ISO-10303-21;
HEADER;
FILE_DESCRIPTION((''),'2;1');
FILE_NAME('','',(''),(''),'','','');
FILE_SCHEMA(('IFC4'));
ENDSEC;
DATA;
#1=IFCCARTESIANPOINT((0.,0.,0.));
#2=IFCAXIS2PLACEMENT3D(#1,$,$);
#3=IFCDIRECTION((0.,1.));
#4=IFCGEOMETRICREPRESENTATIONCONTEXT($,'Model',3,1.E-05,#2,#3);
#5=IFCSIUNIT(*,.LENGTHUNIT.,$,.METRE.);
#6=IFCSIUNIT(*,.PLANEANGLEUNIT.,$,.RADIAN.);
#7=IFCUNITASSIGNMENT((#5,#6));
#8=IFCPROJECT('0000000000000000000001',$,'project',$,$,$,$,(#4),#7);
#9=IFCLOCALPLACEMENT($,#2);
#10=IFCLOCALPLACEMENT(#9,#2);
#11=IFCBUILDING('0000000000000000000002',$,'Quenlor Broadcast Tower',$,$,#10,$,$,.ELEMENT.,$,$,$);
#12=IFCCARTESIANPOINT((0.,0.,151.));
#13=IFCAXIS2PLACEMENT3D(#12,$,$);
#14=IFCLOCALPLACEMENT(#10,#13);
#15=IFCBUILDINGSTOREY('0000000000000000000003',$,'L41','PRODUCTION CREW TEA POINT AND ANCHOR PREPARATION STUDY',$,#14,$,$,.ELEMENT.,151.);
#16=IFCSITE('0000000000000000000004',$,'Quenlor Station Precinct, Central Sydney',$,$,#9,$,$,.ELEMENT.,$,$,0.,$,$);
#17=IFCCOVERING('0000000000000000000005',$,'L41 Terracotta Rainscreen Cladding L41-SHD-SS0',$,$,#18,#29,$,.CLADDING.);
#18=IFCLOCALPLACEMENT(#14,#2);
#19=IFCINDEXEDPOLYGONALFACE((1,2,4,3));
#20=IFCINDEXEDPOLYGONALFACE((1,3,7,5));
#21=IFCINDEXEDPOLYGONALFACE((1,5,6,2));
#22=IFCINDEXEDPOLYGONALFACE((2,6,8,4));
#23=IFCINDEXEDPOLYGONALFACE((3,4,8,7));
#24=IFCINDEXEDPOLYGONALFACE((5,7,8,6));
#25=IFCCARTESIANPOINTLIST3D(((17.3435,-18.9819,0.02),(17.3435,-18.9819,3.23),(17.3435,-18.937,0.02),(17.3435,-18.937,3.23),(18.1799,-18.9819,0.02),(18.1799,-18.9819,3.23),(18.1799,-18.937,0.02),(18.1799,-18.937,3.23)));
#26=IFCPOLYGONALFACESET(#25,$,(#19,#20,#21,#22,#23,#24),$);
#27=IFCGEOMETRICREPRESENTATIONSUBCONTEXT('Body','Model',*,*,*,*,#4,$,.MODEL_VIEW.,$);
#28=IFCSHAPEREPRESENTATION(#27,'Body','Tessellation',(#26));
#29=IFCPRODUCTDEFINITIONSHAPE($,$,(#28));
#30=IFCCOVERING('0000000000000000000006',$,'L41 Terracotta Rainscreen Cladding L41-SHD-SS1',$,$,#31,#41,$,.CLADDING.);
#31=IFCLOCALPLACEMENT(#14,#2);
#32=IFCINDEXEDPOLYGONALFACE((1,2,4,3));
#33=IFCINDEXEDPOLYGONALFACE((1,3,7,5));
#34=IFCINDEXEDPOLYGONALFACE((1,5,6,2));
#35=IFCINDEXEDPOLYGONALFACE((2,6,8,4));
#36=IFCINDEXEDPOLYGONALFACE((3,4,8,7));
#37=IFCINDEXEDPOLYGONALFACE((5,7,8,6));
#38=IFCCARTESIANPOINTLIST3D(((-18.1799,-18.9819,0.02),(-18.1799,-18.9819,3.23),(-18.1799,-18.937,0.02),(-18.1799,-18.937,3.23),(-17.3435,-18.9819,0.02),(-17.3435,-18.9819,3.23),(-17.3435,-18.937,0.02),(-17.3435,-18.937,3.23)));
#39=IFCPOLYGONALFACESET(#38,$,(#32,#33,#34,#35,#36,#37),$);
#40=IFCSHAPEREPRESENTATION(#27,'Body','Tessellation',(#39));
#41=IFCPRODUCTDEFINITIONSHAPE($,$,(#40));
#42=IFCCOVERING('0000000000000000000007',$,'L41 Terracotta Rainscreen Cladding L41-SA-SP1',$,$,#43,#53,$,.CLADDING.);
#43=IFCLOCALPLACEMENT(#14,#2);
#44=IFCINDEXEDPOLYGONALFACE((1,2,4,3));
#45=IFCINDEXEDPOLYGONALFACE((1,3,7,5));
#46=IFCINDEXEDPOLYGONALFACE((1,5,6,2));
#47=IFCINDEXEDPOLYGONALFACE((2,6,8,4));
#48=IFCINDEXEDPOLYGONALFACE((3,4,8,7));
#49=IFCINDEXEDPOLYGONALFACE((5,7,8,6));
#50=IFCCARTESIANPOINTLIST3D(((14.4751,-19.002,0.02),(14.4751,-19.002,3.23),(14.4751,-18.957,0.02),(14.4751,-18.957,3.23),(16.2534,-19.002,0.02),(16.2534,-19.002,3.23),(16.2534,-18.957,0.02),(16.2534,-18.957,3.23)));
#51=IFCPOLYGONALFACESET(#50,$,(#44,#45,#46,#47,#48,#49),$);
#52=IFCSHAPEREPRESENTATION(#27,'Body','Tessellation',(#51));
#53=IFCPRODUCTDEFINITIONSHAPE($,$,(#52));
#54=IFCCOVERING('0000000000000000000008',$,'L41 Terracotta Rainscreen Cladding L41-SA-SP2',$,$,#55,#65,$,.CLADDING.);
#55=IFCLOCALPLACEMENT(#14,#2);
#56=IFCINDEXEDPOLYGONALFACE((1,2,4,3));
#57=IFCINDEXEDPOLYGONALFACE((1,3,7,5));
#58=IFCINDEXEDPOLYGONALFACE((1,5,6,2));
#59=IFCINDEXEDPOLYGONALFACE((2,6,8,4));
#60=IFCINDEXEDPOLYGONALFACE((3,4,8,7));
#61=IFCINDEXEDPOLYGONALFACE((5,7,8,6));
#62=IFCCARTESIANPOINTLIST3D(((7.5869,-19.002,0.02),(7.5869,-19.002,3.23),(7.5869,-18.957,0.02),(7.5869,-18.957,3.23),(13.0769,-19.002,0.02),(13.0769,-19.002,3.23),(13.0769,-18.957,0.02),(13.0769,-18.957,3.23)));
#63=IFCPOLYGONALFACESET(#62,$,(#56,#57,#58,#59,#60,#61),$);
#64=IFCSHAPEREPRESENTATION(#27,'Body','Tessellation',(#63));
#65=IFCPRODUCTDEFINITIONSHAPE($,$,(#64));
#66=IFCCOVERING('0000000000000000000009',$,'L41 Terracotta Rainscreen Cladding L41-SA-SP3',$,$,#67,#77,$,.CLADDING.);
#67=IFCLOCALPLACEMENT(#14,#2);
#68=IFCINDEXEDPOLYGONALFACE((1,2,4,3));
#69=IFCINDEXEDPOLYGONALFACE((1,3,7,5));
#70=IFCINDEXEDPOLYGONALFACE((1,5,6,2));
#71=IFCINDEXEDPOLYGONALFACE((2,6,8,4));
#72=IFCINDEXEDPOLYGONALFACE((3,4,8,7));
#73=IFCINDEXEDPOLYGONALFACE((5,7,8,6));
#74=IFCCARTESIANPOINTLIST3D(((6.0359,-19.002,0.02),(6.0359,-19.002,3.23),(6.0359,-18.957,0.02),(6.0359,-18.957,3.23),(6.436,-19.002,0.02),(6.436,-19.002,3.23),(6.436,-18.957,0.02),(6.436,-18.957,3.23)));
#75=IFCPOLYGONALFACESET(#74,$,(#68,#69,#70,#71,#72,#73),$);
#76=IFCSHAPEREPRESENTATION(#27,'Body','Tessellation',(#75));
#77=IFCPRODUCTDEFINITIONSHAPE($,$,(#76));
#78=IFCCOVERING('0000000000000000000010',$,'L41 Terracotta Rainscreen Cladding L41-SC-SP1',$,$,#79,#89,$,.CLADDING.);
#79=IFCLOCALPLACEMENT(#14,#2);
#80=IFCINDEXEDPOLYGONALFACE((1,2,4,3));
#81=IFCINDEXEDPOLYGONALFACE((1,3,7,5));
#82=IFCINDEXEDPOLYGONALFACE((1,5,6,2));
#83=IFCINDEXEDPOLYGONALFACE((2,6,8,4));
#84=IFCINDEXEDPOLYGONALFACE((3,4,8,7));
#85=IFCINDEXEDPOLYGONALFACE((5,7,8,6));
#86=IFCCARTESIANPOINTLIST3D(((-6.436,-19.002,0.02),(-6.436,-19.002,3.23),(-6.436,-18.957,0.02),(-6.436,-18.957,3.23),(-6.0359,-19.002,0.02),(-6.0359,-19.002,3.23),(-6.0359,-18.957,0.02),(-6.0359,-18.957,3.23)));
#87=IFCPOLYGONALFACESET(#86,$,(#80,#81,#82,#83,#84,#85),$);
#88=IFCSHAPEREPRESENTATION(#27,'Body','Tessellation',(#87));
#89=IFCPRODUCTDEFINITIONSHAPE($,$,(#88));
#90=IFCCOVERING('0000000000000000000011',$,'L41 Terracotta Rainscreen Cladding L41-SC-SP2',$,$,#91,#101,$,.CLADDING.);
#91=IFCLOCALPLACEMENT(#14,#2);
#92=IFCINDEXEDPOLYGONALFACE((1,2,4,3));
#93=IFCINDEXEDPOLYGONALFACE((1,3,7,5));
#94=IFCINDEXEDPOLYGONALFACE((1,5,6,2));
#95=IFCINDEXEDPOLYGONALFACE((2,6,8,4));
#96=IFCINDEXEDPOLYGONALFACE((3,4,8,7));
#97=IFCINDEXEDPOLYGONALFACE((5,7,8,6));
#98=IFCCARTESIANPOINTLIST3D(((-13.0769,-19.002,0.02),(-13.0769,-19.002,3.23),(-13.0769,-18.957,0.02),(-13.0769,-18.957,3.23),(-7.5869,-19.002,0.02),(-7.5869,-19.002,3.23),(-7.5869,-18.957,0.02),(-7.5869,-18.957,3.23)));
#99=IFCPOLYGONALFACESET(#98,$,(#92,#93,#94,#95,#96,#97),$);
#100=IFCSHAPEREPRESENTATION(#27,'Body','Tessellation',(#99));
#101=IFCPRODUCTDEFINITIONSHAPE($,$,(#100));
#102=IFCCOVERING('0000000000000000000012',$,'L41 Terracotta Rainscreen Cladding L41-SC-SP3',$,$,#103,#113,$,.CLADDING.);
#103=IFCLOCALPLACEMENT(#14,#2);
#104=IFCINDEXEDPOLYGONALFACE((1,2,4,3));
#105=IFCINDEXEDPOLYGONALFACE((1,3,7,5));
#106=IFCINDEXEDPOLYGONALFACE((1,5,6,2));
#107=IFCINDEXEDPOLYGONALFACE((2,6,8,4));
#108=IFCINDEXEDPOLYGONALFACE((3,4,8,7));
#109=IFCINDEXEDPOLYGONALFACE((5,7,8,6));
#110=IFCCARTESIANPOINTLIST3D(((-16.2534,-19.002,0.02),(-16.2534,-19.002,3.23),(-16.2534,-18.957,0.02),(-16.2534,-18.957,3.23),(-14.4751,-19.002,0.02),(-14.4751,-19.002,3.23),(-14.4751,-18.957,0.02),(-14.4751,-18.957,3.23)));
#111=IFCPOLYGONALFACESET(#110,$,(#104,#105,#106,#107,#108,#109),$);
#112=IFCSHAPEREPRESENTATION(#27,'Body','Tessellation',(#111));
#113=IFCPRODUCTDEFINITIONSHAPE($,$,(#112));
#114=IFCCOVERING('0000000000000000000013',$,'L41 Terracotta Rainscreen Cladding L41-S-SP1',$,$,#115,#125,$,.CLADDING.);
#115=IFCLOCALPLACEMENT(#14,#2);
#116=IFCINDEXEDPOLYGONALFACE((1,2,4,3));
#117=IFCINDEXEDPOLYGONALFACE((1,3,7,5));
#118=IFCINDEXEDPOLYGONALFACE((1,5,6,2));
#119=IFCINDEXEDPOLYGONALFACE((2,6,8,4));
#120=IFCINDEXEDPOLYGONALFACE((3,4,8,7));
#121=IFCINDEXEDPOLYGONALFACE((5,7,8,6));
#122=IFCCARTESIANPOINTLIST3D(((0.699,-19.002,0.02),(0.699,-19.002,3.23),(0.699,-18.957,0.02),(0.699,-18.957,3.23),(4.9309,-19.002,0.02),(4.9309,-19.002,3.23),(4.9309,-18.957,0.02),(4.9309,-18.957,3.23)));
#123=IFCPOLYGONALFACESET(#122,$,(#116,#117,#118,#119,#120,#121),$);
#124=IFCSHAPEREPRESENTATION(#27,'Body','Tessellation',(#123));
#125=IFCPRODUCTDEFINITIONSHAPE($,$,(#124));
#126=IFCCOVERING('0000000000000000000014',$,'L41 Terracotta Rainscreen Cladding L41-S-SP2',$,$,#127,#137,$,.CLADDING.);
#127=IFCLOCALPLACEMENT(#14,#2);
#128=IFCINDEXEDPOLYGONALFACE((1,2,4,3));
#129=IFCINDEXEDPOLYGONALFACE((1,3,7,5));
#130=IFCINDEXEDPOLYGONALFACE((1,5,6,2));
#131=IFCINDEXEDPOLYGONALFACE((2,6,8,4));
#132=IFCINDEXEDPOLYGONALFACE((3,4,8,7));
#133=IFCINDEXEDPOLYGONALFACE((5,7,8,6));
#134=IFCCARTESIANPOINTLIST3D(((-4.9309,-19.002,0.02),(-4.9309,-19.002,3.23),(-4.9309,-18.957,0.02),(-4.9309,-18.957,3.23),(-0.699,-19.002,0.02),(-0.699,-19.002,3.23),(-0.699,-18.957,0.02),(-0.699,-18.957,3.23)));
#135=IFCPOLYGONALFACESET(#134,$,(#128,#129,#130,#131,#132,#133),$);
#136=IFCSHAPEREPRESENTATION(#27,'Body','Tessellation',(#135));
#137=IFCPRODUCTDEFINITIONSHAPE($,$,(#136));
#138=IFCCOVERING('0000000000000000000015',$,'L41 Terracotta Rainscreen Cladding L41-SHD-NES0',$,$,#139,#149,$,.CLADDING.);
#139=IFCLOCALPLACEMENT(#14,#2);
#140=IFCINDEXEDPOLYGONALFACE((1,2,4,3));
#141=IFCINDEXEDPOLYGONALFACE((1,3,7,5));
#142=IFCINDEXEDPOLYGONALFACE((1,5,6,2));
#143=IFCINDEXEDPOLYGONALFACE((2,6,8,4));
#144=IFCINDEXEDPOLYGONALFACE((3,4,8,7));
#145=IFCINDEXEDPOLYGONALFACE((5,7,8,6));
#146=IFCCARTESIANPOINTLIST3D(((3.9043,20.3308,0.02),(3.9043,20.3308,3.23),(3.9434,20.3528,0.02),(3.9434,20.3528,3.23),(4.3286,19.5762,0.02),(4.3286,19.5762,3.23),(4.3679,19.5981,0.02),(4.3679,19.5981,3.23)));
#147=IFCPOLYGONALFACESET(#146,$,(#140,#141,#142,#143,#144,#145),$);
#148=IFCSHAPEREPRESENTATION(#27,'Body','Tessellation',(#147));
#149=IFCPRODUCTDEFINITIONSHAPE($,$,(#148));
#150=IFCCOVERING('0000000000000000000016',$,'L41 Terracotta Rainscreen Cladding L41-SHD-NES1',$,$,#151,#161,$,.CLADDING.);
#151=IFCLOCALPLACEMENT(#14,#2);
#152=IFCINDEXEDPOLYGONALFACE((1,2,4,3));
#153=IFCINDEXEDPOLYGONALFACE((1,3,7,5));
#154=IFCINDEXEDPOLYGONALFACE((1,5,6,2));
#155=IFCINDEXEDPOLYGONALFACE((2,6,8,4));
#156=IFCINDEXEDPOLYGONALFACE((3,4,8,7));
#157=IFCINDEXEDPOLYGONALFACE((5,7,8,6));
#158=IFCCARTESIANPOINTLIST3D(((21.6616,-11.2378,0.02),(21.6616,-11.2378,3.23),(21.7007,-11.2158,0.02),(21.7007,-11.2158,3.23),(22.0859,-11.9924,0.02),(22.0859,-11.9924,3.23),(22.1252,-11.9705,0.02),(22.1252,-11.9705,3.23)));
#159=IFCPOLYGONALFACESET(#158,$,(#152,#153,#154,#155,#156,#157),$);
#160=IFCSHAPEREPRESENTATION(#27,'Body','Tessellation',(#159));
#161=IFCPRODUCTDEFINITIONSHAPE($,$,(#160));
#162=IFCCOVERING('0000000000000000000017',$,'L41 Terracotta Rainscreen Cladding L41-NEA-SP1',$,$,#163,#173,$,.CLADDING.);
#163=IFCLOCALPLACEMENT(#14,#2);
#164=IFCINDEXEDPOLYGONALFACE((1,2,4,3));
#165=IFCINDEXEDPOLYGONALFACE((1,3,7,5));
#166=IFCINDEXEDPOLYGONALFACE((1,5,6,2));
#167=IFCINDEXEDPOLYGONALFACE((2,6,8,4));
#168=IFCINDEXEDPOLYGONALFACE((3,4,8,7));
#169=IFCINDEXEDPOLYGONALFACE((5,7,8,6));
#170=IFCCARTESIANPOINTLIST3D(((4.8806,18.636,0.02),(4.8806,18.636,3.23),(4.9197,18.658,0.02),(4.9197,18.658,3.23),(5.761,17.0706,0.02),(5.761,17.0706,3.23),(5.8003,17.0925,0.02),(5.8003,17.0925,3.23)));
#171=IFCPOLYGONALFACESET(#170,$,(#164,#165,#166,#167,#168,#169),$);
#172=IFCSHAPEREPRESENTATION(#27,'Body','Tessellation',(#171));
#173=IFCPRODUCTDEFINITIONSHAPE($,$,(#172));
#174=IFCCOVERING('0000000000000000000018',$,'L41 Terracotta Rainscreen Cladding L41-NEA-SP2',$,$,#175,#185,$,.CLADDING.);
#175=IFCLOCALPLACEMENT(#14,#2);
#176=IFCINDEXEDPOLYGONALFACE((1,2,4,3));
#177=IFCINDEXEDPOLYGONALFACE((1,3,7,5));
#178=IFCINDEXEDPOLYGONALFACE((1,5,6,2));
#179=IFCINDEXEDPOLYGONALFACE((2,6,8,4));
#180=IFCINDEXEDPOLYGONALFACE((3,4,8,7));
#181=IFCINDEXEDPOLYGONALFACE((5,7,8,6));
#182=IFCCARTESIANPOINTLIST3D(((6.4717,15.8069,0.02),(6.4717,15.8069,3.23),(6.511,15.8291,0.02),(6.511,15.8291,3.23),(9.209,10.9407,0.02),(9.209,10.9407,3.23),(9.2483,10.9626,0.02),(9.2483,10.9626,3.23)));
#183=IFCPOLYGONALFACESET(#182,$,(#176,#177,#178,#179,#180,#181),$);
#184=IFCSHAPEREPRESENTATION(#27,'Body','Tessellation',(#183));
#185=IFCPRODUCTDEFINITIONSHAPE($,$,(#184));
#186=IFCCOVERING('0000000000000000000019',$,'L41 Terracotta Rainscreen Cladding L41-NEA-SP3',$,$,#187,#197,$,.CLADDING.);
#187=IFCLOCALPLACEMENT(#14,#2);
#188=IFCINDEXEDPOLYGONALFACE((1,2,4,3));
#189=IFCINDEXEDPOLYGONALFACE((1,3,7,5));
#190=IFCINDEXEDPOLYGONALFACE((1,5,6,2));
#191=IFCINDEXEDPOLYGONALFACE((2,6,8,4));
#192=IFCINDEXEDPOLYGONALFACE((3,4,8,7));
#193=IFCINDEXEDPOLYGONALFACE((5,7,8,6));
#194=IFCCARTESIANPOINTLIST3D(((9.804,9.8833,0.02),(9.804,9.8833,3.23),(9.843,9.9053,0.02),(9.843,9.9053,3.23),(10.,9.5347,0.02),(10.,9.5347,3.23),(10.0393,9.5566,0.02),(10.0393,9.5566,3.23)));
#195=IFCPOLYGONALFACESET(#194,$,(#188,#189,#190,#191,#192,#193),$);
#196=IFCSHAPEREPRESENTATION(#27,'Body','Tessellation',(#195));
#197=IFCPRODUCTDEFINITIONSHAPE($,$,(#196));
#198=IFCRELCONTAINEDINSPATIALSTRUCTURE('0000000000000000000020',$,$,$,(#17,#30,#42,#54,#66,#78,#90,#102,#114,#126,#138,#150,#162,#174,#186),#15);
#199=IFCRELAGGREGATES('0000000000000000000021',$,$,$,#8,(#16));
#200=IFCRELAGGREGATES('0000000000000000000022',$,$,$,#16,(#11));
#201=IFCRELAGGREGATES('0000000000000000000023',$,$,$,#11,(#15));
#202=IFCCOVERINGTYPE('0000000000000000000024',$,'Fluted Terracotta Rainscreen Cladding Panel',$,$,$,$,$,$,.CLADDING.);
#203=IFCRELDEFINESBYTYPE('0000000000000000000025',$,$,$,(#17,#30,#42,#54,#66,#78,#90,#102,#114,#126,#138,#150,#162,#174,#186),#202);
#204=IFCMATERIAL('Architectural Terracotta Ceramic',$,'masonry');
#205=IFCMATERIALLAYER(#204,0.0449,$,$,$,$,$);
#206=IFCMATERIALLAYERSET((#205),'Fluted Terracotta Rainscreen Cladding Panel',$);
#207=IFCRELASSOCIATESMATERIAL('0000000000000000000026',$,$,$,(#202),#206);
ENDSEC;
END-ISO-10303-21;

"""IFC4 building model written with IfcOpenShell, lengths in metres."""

from ifc_helpers import new_model, si_unit, direction, frame, origin, place, context, subcontext, project, spatial, polyline, outline, extrude, material, layer, layer_set, type_object, element, save


model = new_model("IFC4")

# Units and contexts
model_context = context("Model", 3, precision=1e-05, world=origin(), true_north=direction((0.0, 1.0)))
body_context = subcontext(model_context, "Body", "Model", "MODEL_VIEW")
ifc_project = project(units=[si_unit("LENGTHUNIT", "METRE"), si_unit("PLANEANGLEUNIT", "RADIAN")], contexts=[model_context])

# Site, building, storey
site_placement = place(None, origin())
site = spatial("IfcSite", under=ifc_project, at=site_placement, Name="Quenlor Station Precinct, Central Sydney", CompositionType="ELEMENT", RefElevation=0.0)
building_placement = place(site_placement, origin())
building = spatial("IfcBuilding", under=site, at=building_placement, Name="Quenlor Broadcast Tower", CompositionType="ELEMENT")
storey_placement = place(building_placement, frame((0.0, 0.0, 151.0)))
storey = spatial("IfcBuildingStorey", under=building, at=storey_placement, Name="L41", Description="PRODUCTION CREW TEA POINT AND ANCHOR PREPARATION STUDY", CompositionType="ELEMENT", Elevation=151.0)

# Coverings
ifc_material_1 = material(Name="Architectural Terracotta Ceramic", Category="masonry")
ifc_layer_1 = layer(ifc_material_1, 0.0449)
ifc_layer_set_1 = layer_set([ifc_layer_1], Name="Fluted Terracotta Rainscreen Cladding Panel")
covering_type = type_object("IfcCoveringType", Name="Fluted Terracotta Rainscreen Cladding Panel", PredefinedType="CLADDING", material=ifc_layer_set_1)
covering_1_placement = place(storey_placement, frame((0.0, 0.0, 0.02)))
element("IfcCovering", 1, at=covering_1_placement, inside=storey, type_object=covering_type, Name="L41 Terracotta Rainscreen Cladding L41-SHD-SS0", PredefinedType="CLADDING", context=body_context, shape_type="SweptSolid", body=[
    extrude(outline(polyline([(18.1799, -18.937), (17.3435, -18.937), (17.3435, -18.9819), (18.1799, -18.9819), (18.1799, -18.937)])), origin(), (0.0, 0.0, 1.0), 3.21),
])
covering_2_placement = place(storey_placement, frame((0.0, 0.0, 0.02)))
element("IfcCovering", 2, at=covering_2_placement, inside=storey, type_object=covering_type, Name="L41 Terracotta Rainscreen Cladding L41-SHD-SS1", PredefinedType="CLADDING", context=body_context, shape_type="SweptSolid", body=[
    extrude(outline(polyline([(-17.3435, -18.937), (-18.1799, -18.937), (-18.1799, -18.9819), (-17.3435, -18.9819), (-17.3435, -18.937)])), origin(), (0.0, 0.0, 1.0), 3.21),
])
covering_3_placement = place(storey_placement, frame((0.0, 0.0, 0.02)))
element("IfcCovering", 3, at=covering_3_placement, inside=storey, type_object=covering_type, Name="L41 Terracotta Rainscreen Cladding L41-SA-SP1", PredefinedType="CLADDING", context=body_context, shape_type="SweptSolid", body=[
    extrude(outline(polyline([(16.2534, -18.957), (14.4751, -18.957), (14.4751, -19.002), (16.2534, -19.002), (16.2534, -18.957)])), origin(), (0.0, 0.0, 1.0), 3.21),
])
covering_4_placement = place(storey_placement, frame((0.0, 0.0, 0.02)))
element("IfcCovering", 4, at=covering_4_placement, inside=storey, type_object=covering_type, Name="L41 Terracotta Rainscreen Cladding L41-SA-SP2", PredefinedType="CLADDING", context=body_context, shape_type="SweptSolid", body=[
    extrude(outline(polyline([(13.0769, -18.957), (7.5869, -18.957), (7.5869, -19.002), (13.0769, -19.002), (13.0769, -18.957)])), origin(), (0.0, 0.0, 1.0), 3.21),
])
covering_5_placement = place(storey_placement, frame((0.0, 0.0, 0.02)))
element("IfcCovering", 5, at=covering_5_placement, inside=storey, type_object=covering_type, Name="L41 Terracotta Rainscreen Cladding L41-SA-SP3", PredefinedType="CLADDING", context=body_context, shape_type="SweptSolid", body=[
    extrude(outline(polyline([(6.436, -18.957), (6.0359, -18.957), (6.0359, -19.002), (6.436, -19.002), (6.436, -18.957)])), origin(), (0.0, 0.0, 1.0), 3.21),
])
covering_6_placement = place(storey_placement, frame((0.0, 0.0, 0.02)))
element("IfcCovering", 6, at=covering_6_placement, inside=storey, type_object=covering_type, Name="L41 Terracotta Rainscreen Cladding L41-SC-SP1", PredefinedType="CLADDING", context=body_context, shape_type="SweptSolid", body=[
    extrude(outline(polyline([(-6.0359, -18.957), (-6.436, -18.957), (-6.436, -19.002), (-6.0359, -19.002), (-6.0359, -18.957)])), origin(), (0.0, 0.0, 1.0), 3.21),
])
covering_7_placement = place(storey_placement, frame((0.0, 0.0, 0.02)))
element("IfcCovering", 7, at=covering_7_placement, inside=storey, type_object=covering_type, Name="L41 Terracotta Rainscreen Cladding L41-SC-SP2", PredefinedType="CLADDING", context=body_context, shape_type="SweptSolid", body=[
    extrude(outline(polyline([(-7.5869, -18.957), (-13.0769, -18.957), (-13.0769, -19.002), (-7.5869, -19.002), (-7.5869, -18.957)])), origin(), (0.0, 0.0, 1.0), 3.21),
])
covering_8_placement = place(storey_placement, frame((0.0, 0.0, 0.02)))
element("IfcCovering", 8, at=covering_8_placement, inside=storey, type_object=covering_type, Name="L41 Terracotta Rainscreen Cladding L41-SC-SP3", PredefinedType="CLADDING", context=body_context, shape_type="SweptSolid", body=[
    extrude(outline(polyline([(-14.4751, -18.957), (-16.2534, -18.957), (-16.2534, -19.002), (-14.4751, -19.002), (-14.4751, -18.957)])), origin(), (0.0, 0.0, 1.0), 3.21),
])
covering_9_placement = place(storey_placement, frame((0.0, 0.0, 0.02)))
element("IfcCovering", 9, at=covering_9_placement, inside=storey, type_object=covering_type, Name="L41 Terracotta Rainscreen Cladding L41-S-SP1", PredefinedType="CLADDING", context=body_context, shape_type="SweptSolid", body=[
    extrude(outline(polyline([(4.9309, -18.957), (0.699, -18.957), (0.699, -19.002), (4.9309, -19.002), (4.9309, -18.957)])), origin(), (0.0, 0.0, 1.0), 3.21),
])
covering_10_placement = place(storey_placement, frame((0.0, 0.0, 0.02)))
element("IfcCovering", 10, at=covering_10_placement, inside=storey, type_object=covering_type, Name="L41 Terracotta Rainscreen Cladding L41-S-SP2", PredefinedType="CLADDING", context=body_context, shape_type="SweptSolid", body=[
    extrude(outline(polyline([(-0.699, -18.957), (-4.9309, -18.957), (-4.9309, -19.002), (-0.699, -19.002), (-0.699, -18.957)])), origin(), (0.0, 0.0, 1.0), 3.21),
])
covering_11_placement = place(storey_placement, frame((0.0, 0.0, 0.02)))
element("IfcCovering", 11, at=covering_11_placement, inside=storey, type_object=covering_type, Name="L41 Terracotta Rainscreen Cladding L41-SHD-NES0", PredefinedType="CLADDING", context=body_context, shape_type="SweptSolid", body=[
    extrude(outline(polyline([(3.9043, 20.3308), (4.3286, 19.5762), (4.3679, 19.5981), (3.9434, 20.3528), (3.9043, 20.3308)])), origin(), (0.0, 0.0, 1.0), 3.21),
])
covering_12_placement = place(storey_placement, frame((0.0, 0.0, 0.02)))
element("IfcCovering", 12, at=covering_12_placement, inside=storey, type_object=covering_type, Name="L41 Terracotta Rainscreen Cladding L41-SHD-NES1", PredefinedType="CLADDING", context=body_context, shape_type="SweptSolid", body=[
    extrude(outline(polyline([(21.6616, -11.2378), (22.0859, -11.9924), (22.1252, -11.9705), (21.7007, -11.2158), (21.6616, -11.2378)])), origin(), (0.0, 0.0, 1.0), 3.21),
])
covering_13_placement = place(storey_placement, frame((0.0, 0.0, 0.02)))
element("IfcCovering", 13, at=covering_13_placement, inside=storey, type_object=covering_type, Name="L41 Terracotta Rainscreen Cladding L41-NEA-SP1", PredefinedType="CLADDING", context=body_context, shape_type="SweptSolid", body=[
    extrude(outline(polyline([(4.8806, 18.636), (5.761, 17.0706), (5.8003, 17.0925), (4.9197, 18.658), (4.8806, 18.636)])), origin(), (0.0, 0.0, 1.0), 3.21),
])
covering_14_placement = place(storey_placement, frame((0.0, 0.0, 0.02)))
element("IfcCovering", 14, at=covering_14_placement, inside=storey, type_object=covering_type, Name="L41 Terracotta Rainscreen Cladding L41-NEA-SP2", PredefinedType="CLADDING", context=body_context, shape_type="SweptSolid", body=[
    extrude(outline(polyline([(6.4717, 15.8069), (9.209, 10.9407), (9.2483, 10.9626), (6.511, 15.8291), (6.4717, 15.8069)])), origin(), (0.0, 0.0, 1.0), 3.21),
])
covering_15_placement = place(storey_placement, frame((0.0, 0.0, 0.02)))
element("IfcCovering", 15, at=covering_15_placement, inside=storey, type_object=covering_type, Name="L41 Terracotta Rainscreen Cladding L41-NEA-SP3", PredefinedType="CLADDING", context=body_context, shape_type="SweptSolid", body=[
    extrude(outline(polyline([(9.804, 9.8833), (10.0, 9.5347), (10.0393, 9.5566), (9.843, 9.9053), (9.804, 9.8833)])), origin(), (0.0, 0.0, 1.0), 3.21),
])

save(model, "model.ifc")
